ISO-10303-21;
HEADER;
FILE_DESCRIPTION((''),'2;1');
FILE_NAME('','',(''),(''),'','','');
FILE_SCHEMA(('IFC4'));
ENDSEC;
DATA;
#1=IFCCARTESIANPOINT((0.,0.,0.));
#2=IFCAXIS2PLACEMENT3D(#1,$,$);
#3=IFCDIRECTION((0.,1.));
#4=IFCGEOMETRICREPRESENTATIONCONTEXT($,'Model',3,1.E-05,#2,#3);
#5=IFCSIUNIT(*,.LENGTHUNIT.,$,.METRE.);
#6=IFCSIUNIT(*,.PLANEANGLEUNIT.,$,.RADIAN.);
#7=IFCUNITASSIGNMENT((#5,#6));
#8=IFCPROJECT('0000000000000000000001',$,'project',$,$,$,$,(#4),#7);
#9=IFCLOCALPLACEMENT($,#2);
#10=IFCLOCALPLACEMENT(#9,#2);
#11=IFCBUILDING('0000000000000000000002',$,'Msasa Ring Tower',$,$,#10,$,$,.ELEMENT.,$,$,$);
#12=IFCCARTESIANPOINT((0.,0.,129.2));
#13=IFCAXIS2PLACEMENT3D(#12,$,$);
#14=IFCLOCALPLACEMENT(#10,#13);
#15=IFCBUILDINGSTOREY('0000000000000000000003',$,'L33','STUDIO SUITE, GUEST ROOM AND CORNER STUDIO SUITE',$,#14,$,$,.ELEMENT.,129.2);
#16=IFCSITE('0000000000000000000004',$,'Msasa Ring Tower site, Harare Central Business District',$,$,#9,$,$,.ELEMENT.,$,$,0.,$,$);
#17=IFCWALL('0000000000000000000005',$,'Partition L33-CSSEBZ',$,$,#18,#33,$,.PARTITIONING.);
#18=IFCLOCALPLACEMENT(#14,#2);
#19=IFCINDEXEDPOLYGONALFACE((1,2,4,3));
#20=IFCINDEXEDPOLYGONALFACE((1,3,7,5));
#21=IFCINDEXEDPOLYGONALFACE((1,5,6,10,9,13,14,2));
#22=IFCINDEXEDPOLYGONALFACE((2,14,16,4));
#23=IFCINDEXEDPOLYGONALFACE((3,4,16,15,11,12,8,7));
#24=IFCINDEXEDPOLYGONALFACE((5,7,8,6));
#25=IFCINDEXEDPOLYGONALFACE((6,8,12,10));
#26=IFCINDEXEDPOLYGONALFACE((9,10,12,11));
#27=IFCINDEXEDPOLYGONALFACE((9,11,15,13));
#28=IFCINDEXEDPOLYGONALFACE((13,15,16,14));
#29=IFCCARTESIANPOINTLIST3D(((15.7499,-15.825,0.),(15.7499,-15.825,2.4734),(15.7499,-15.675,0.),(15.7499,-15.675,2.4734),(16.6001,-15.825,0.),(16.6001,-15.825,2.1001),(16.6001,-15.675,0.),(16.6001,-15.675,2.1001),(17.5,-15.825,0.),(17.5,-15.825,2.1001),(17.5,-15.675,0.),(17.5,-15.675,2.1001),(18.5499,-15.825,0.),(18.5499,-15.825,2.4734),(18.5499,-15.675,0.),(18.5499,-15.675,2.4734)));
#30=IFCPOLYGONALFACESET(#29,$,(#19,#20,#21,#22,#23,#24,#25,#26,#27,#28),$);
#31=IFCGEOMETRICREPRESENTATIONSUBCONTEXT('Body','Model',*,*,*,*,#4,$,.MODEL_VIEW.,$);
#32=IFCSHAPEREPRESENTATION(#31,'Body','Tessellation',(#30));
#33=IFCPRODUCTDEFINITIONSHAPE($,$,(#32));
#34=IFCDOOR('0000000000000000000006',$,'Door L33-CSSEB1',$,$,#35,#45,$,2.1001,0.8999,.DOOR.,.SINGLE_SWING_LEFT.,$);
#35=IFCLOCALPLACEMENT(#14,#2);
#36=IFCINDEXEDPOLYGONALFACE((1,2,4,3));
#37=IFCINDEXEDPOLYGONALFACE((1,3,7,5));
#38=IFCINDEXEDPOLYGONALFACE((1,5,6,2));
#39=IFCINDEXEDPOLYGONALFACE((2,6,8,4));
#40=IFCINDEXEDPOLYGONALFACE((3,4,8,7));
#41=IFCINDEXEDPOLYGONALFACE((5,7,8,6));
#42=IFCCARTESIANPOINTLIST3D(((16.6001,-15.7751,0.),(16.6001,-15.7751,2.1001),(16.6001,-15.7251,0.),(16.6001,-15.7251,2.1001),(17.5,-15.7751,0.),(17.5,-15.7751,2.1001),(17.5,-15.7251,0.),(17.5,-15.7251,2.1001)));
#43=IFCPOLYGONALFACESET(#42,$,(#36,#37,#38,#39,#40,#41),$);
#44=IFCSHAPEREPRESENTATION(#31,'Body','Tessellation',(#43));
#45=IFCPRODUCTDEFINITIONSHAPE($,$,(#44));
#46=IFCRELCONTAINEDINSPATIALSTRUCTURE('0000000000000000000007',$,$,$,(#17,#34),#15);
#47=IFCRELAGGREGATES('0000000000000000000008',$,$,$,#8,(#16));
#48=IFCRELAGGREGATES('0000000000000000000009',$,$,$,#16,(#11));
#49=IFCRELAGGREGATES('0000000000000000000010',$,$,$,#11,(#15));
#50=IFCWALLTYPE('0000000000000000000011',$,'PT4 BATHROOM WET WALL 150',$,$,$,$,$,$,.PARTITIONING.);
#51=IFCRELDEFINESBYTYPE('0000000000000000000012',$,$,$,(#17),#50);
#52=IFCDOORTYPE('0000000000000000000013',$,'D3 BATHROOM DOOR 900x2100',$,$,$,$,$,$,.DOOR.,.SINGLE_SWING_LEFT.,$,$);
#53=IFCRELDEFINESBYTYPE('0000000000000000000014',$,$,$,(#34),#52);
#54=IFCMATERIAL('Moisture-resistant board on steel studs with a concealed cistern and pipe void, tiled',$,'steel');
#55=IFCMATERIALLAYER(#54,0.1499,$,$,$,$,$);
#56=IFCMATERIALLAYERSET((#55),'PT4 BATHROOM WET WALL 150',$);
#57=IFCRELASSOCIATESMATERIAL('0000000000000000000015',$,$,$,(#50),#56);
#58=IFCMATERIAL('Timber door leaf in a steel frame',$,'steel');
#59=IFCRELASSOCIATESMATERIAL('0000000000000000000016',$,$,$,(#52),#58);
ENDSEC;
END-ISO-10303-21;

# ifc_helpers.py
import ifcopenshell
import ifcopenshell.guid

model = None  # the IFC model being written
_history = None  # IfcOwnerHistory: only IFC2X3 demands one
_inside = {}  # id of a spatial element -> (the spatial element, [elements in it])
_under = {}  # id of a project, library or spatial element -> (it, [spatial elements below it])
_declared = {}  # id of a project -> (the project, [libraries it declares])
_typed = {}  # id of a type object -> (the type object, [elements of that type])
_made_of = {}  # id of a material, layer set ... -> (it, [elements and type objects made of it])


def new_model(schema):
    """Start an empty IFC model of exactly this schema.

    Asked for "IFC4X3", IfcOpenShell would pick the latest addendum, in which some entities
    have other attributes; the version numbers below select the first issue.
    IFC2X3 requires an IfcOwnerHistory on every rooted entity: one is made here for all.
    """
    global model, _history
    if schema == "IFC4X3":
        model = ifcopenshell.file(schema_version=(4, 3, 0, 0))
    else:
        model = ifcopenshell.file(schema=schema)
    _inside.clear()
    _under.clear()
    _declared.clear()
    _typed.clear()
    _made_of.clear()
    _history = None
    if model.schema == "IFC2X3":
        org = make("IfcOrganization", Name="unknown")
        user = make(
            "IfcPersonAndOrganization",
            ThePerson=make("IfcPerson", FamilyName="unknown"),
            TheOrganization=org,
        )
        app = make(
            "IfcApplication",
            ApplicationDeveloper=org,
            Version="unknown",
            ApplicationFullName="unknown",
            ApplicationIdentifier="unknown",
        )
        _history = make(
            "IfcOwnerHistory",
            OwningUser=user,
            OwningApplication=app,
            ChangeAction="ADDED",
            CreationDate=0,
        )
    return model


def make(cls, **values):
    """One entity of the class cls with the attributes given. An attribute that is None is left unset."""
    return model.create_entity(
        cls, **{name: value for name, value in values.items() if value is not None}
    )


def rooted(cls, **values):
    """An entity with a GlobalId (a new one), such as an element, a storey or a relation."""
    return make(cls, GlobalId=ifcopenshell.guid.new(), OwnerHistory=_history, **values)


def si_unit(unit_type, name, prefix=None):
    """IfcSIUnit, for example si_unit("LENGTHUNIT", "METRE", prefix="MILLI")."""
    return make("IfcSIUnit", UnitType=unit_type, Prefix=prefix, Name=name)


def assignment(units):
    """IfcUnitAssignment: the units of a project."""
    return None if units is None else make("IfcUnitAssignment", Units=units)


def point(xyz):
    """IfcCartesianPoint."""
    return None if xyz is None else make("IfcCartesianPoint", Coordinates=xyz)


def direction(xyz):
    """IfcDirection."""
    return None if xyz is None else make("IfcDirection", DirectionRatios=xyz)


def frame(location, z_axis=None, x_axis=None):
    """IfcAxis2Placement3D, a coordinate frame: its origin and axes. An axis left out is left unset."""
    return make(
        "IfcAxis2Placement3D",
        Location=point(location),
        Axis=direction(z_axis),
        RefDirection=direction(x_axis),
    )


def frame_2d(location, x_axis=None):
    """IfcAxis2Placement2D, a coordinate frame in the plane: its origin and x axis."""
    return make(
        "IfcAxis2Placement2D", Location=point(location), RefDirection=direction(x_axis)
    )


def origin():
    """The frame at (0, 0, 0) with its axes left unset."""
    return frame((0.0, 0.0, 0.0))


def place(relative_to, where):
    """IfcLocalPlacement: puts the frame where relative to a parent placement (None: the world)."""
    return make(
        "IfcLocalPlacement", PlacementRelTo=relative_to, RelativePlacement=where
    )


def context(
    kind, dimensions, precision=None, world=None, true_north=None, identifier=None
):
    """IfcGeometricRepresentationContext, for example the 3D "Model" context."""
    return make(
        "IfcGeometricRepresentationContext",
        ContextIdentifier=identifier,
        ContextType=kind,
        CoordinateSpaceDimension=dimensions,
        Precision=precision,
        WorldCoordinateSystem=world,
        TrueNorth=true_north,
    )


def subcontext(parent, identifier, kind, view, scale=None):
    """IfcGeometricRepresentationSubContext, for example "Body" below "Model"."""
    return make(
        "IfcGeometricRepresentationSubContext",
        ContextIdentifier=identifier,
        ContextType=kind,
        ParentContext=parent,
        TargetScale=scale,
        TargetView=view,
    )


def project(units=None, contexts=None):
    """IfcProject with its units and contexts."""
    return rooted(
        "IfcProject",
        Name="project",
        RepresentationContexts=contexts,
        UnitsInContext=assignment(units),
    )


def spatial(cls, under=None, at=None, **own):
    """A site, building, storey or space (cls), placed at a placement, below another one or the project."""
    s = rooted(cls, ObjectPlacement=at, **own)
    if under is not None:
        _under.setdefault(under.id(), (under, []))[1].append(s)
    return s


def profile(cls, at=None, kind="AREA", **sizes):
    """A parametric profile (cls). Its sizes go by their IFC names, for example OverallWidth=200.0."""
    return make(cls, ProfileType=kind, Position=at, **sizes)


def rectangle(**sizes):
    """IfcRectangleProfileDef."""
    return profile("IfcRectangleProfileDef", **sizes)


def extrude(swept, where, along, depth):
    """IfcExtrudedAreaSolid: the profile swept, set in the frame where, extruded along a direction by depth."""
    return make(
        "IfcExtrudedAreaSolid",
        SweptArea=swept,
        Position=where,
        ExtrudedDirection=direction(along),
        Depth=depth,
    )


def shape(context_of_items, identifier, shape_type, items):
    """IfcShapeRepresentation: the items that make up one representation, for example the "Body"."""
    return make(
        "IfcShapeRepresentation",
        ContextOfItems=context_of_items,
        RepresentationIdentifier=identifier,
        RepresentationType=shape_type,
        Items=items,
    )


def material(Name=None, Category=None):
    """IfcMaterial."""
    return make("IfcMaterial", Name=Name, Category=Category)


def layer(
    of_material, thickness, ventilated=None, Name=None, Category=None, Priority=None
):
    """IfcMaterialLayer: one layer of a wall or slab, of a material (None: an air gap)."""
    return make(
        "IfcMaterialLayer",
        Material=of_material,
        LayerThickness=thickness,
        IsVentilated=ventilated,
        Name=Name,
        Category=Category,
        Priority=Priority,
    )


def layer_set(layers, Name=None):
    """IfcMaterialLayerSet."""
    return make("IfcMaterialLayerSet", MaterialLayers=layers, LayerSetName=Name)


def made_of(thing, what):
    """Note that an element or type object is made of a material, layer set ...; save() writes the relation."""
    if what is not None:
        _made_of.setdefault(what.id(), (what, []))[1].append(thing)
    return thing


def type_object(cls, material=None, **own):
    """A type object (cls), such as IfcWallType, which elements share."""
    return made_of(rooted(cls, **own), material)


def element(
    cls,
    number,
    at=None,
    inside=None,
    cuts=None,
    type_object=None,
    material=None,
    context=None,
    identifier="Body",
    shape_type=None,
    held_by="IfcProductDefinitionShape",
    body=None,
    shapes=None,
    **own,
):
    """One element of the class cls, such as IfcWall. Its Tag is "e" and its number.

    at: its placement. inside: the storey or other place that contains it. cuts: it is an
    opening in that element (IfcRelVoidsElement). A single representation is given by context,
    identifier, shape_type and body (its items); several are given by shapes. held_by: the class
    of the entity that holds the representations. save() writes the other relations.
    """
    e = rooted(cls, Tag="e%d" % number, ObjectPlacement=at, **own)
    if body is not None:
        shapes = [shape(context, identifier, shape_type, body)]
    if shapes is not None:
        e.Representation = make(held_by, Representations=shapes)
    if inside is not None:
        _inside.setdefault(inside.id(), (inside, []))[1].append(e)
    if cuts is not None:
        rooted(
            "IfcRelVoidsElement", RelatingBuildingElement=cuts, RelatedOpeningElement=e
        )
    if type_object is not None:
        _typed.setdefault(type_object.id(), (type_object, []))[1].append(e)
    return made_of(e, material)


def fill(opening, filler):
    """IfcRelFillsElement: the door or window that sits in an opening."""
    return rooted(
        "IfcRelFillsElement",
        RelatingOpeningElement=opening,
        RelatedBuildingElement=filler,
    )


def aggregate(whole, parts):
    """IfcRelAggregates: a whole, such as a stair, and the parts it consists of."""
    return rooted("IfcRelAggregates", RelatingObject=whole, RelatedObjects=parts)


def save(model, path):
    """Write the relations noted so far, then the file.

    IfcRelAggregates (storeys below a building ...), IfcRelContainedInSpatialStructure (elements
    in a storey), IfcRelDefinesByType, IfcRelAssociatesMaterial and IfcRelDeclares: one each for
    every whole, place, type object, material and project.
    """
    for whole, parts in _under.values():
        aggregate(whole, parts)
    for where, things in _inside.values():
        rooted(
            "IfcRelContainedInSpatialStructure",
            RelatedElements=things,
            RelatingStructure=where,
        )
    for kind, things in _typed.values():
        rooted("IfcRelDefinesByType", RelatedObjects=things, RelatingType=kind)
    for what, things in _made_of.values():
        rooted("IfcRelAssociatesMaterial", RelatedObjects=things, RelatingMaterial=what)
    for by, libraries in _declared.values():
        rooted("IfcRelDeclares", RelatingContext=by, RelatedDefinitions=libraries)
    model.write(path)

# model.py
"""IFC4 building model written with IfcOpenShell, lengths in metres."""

from ifc_helpers import new_model, si_unit, direction, frame, frame_2d, origin, place, context, subcontext, project, spatial, rectangle, extrude, material, layer, layer_set, type_object, element, fill, save


model = new_model("IFC4")

# Units and contexts
model_context = context("Model", 3, precision=1e-05, world=origin(), true_north=direction((0.0, 1.0)))
body_context = subcontext(model_context, "Body", "Model", "MODEL_VIEW")
ifc_project = project(units=[si_unit("LENGTHUNIT", "METRE"), si_unit("PLANEANGLEUNIT", "RADIAN")], contexts=[model_context])

# Site, building, storey
site_placement = place(None, origin())
site = spatial("IfcSite", under=ifc_project, at=site_placement, Name="Msasa Ring Tower site, Harare Central Business District", CompositionType="ELEMENT", RefElevation=0.0)
building_placement = place(site_placement, origin())
building = spatial("IfcBuilding", under=site, at=building_placement, Name="Msasa Ring Tower", CompositionType="ELEMENT")
storey_placement = place(building_placement, frame((0.0, 0.0, 129.2)))
storey = spatial("IfcBuildingStorey", under=building, at=storey_placement, Name="L33", Description="STUDIO SUITE, GUEST ROOM AND CORNER STUDIO SUITE", CompositionType="ELEMENT", Elevation=129.2)

# Shared definitions
ifc_material_1 = material(Name="Moisture-resistant board on steel studs with a concealed cistern and pipe void, tiled", Category="steel")
ifc_layer_1 = layer(ifc_material_1, 0.1499)
ifc_layer_set_1 = layer_set([ifc_layer_1], Name="PT4 BATHROOM WET WALL 150")
wall_type_1 = type_object("IfcWallType", Name="PT4 BATHROOM WET WALL 150", PredefinedType="PARTITIONING", material=ifc_layer_set_1)
ifc_material_2 = material(Name="Timber door leaf in a steel frame", Category="steel")
door_type_1 = type_object("IfcDoorType", Name="D3 BATHROOM DOOR 900x2100", OperationType="SINGLE_SWING_LEFT", PredefinedType="DOOR", material=ifc_material_2)

# Wall, opening, door
wall_1_placement = place(storey_placement, frame((15.75, -15.75, 0.0), z_axis=(0.0, 0.0, 1.0), x_axis=(1.0, 0.0, 0.0)))
wall_1 = element("IfcWall", 1, at=wall_1_placement, inside=storey, type_object=wall_type_1, Name="Partition L33-CSSEBZ", PredefinedType="PARTITIONING", context=body_context, shape_type="SweptSolid", body=[
    extrude(rectangle(XDim=2.8, YDim=0.1499, at=frame_2d((1.3999, 0.0))), origin(), (0.0, 0.0, 1.0), 2.4734),
])
opening_1_placement = place(wall_1_placement, frame((0.8501, 0.0, 0.0)))
opening_1 = element("IfcOpeningElement", 2, at=opening_1_placement, cuts=wall_1, PredefinedType="OPENING", context=body_context, shape_type="SweptSolid", body=[
    extrude(rectangle(XDim=0.8999, YDim=2.1001, at=frame_2d((0.45, 1.05))), frame((0.0, 0.085, 0.0), z_axis=(0.0, -1.0, 0.0), x_axis=(1.0, 0.0, 0.0)), (0.0, 0.0, 1.0), 0.1699),
])
door_1_placement = place(opening_1_placement, origin())
door_1 = element("IfcDoor", 3, at=door_1_placement, inside=storey, type_object=door_type_1, Name="Door L33-CSSEB1", OperationType="SINGLE_SWING_LEFT", OverallHeight=2.1001, OverallWidth=0.8999, PredefinedType="DOOR", context=body_context, shape_type="SweptSolid", body=[
    extrude(rectangle(XDim=0.8999, YDim=2.1001, at=frame_2d((0.45, 1.05))), frame((0.0, 0.0249, 0.0), z_axis=(0.0, -1.0, 0.0), x_axis=(1.0, 0.0, 0.0)), (0.0, 0.0, 1.0), 0.05),
])
fill(opening_1, door_1)

save(model, "model.ifc")
